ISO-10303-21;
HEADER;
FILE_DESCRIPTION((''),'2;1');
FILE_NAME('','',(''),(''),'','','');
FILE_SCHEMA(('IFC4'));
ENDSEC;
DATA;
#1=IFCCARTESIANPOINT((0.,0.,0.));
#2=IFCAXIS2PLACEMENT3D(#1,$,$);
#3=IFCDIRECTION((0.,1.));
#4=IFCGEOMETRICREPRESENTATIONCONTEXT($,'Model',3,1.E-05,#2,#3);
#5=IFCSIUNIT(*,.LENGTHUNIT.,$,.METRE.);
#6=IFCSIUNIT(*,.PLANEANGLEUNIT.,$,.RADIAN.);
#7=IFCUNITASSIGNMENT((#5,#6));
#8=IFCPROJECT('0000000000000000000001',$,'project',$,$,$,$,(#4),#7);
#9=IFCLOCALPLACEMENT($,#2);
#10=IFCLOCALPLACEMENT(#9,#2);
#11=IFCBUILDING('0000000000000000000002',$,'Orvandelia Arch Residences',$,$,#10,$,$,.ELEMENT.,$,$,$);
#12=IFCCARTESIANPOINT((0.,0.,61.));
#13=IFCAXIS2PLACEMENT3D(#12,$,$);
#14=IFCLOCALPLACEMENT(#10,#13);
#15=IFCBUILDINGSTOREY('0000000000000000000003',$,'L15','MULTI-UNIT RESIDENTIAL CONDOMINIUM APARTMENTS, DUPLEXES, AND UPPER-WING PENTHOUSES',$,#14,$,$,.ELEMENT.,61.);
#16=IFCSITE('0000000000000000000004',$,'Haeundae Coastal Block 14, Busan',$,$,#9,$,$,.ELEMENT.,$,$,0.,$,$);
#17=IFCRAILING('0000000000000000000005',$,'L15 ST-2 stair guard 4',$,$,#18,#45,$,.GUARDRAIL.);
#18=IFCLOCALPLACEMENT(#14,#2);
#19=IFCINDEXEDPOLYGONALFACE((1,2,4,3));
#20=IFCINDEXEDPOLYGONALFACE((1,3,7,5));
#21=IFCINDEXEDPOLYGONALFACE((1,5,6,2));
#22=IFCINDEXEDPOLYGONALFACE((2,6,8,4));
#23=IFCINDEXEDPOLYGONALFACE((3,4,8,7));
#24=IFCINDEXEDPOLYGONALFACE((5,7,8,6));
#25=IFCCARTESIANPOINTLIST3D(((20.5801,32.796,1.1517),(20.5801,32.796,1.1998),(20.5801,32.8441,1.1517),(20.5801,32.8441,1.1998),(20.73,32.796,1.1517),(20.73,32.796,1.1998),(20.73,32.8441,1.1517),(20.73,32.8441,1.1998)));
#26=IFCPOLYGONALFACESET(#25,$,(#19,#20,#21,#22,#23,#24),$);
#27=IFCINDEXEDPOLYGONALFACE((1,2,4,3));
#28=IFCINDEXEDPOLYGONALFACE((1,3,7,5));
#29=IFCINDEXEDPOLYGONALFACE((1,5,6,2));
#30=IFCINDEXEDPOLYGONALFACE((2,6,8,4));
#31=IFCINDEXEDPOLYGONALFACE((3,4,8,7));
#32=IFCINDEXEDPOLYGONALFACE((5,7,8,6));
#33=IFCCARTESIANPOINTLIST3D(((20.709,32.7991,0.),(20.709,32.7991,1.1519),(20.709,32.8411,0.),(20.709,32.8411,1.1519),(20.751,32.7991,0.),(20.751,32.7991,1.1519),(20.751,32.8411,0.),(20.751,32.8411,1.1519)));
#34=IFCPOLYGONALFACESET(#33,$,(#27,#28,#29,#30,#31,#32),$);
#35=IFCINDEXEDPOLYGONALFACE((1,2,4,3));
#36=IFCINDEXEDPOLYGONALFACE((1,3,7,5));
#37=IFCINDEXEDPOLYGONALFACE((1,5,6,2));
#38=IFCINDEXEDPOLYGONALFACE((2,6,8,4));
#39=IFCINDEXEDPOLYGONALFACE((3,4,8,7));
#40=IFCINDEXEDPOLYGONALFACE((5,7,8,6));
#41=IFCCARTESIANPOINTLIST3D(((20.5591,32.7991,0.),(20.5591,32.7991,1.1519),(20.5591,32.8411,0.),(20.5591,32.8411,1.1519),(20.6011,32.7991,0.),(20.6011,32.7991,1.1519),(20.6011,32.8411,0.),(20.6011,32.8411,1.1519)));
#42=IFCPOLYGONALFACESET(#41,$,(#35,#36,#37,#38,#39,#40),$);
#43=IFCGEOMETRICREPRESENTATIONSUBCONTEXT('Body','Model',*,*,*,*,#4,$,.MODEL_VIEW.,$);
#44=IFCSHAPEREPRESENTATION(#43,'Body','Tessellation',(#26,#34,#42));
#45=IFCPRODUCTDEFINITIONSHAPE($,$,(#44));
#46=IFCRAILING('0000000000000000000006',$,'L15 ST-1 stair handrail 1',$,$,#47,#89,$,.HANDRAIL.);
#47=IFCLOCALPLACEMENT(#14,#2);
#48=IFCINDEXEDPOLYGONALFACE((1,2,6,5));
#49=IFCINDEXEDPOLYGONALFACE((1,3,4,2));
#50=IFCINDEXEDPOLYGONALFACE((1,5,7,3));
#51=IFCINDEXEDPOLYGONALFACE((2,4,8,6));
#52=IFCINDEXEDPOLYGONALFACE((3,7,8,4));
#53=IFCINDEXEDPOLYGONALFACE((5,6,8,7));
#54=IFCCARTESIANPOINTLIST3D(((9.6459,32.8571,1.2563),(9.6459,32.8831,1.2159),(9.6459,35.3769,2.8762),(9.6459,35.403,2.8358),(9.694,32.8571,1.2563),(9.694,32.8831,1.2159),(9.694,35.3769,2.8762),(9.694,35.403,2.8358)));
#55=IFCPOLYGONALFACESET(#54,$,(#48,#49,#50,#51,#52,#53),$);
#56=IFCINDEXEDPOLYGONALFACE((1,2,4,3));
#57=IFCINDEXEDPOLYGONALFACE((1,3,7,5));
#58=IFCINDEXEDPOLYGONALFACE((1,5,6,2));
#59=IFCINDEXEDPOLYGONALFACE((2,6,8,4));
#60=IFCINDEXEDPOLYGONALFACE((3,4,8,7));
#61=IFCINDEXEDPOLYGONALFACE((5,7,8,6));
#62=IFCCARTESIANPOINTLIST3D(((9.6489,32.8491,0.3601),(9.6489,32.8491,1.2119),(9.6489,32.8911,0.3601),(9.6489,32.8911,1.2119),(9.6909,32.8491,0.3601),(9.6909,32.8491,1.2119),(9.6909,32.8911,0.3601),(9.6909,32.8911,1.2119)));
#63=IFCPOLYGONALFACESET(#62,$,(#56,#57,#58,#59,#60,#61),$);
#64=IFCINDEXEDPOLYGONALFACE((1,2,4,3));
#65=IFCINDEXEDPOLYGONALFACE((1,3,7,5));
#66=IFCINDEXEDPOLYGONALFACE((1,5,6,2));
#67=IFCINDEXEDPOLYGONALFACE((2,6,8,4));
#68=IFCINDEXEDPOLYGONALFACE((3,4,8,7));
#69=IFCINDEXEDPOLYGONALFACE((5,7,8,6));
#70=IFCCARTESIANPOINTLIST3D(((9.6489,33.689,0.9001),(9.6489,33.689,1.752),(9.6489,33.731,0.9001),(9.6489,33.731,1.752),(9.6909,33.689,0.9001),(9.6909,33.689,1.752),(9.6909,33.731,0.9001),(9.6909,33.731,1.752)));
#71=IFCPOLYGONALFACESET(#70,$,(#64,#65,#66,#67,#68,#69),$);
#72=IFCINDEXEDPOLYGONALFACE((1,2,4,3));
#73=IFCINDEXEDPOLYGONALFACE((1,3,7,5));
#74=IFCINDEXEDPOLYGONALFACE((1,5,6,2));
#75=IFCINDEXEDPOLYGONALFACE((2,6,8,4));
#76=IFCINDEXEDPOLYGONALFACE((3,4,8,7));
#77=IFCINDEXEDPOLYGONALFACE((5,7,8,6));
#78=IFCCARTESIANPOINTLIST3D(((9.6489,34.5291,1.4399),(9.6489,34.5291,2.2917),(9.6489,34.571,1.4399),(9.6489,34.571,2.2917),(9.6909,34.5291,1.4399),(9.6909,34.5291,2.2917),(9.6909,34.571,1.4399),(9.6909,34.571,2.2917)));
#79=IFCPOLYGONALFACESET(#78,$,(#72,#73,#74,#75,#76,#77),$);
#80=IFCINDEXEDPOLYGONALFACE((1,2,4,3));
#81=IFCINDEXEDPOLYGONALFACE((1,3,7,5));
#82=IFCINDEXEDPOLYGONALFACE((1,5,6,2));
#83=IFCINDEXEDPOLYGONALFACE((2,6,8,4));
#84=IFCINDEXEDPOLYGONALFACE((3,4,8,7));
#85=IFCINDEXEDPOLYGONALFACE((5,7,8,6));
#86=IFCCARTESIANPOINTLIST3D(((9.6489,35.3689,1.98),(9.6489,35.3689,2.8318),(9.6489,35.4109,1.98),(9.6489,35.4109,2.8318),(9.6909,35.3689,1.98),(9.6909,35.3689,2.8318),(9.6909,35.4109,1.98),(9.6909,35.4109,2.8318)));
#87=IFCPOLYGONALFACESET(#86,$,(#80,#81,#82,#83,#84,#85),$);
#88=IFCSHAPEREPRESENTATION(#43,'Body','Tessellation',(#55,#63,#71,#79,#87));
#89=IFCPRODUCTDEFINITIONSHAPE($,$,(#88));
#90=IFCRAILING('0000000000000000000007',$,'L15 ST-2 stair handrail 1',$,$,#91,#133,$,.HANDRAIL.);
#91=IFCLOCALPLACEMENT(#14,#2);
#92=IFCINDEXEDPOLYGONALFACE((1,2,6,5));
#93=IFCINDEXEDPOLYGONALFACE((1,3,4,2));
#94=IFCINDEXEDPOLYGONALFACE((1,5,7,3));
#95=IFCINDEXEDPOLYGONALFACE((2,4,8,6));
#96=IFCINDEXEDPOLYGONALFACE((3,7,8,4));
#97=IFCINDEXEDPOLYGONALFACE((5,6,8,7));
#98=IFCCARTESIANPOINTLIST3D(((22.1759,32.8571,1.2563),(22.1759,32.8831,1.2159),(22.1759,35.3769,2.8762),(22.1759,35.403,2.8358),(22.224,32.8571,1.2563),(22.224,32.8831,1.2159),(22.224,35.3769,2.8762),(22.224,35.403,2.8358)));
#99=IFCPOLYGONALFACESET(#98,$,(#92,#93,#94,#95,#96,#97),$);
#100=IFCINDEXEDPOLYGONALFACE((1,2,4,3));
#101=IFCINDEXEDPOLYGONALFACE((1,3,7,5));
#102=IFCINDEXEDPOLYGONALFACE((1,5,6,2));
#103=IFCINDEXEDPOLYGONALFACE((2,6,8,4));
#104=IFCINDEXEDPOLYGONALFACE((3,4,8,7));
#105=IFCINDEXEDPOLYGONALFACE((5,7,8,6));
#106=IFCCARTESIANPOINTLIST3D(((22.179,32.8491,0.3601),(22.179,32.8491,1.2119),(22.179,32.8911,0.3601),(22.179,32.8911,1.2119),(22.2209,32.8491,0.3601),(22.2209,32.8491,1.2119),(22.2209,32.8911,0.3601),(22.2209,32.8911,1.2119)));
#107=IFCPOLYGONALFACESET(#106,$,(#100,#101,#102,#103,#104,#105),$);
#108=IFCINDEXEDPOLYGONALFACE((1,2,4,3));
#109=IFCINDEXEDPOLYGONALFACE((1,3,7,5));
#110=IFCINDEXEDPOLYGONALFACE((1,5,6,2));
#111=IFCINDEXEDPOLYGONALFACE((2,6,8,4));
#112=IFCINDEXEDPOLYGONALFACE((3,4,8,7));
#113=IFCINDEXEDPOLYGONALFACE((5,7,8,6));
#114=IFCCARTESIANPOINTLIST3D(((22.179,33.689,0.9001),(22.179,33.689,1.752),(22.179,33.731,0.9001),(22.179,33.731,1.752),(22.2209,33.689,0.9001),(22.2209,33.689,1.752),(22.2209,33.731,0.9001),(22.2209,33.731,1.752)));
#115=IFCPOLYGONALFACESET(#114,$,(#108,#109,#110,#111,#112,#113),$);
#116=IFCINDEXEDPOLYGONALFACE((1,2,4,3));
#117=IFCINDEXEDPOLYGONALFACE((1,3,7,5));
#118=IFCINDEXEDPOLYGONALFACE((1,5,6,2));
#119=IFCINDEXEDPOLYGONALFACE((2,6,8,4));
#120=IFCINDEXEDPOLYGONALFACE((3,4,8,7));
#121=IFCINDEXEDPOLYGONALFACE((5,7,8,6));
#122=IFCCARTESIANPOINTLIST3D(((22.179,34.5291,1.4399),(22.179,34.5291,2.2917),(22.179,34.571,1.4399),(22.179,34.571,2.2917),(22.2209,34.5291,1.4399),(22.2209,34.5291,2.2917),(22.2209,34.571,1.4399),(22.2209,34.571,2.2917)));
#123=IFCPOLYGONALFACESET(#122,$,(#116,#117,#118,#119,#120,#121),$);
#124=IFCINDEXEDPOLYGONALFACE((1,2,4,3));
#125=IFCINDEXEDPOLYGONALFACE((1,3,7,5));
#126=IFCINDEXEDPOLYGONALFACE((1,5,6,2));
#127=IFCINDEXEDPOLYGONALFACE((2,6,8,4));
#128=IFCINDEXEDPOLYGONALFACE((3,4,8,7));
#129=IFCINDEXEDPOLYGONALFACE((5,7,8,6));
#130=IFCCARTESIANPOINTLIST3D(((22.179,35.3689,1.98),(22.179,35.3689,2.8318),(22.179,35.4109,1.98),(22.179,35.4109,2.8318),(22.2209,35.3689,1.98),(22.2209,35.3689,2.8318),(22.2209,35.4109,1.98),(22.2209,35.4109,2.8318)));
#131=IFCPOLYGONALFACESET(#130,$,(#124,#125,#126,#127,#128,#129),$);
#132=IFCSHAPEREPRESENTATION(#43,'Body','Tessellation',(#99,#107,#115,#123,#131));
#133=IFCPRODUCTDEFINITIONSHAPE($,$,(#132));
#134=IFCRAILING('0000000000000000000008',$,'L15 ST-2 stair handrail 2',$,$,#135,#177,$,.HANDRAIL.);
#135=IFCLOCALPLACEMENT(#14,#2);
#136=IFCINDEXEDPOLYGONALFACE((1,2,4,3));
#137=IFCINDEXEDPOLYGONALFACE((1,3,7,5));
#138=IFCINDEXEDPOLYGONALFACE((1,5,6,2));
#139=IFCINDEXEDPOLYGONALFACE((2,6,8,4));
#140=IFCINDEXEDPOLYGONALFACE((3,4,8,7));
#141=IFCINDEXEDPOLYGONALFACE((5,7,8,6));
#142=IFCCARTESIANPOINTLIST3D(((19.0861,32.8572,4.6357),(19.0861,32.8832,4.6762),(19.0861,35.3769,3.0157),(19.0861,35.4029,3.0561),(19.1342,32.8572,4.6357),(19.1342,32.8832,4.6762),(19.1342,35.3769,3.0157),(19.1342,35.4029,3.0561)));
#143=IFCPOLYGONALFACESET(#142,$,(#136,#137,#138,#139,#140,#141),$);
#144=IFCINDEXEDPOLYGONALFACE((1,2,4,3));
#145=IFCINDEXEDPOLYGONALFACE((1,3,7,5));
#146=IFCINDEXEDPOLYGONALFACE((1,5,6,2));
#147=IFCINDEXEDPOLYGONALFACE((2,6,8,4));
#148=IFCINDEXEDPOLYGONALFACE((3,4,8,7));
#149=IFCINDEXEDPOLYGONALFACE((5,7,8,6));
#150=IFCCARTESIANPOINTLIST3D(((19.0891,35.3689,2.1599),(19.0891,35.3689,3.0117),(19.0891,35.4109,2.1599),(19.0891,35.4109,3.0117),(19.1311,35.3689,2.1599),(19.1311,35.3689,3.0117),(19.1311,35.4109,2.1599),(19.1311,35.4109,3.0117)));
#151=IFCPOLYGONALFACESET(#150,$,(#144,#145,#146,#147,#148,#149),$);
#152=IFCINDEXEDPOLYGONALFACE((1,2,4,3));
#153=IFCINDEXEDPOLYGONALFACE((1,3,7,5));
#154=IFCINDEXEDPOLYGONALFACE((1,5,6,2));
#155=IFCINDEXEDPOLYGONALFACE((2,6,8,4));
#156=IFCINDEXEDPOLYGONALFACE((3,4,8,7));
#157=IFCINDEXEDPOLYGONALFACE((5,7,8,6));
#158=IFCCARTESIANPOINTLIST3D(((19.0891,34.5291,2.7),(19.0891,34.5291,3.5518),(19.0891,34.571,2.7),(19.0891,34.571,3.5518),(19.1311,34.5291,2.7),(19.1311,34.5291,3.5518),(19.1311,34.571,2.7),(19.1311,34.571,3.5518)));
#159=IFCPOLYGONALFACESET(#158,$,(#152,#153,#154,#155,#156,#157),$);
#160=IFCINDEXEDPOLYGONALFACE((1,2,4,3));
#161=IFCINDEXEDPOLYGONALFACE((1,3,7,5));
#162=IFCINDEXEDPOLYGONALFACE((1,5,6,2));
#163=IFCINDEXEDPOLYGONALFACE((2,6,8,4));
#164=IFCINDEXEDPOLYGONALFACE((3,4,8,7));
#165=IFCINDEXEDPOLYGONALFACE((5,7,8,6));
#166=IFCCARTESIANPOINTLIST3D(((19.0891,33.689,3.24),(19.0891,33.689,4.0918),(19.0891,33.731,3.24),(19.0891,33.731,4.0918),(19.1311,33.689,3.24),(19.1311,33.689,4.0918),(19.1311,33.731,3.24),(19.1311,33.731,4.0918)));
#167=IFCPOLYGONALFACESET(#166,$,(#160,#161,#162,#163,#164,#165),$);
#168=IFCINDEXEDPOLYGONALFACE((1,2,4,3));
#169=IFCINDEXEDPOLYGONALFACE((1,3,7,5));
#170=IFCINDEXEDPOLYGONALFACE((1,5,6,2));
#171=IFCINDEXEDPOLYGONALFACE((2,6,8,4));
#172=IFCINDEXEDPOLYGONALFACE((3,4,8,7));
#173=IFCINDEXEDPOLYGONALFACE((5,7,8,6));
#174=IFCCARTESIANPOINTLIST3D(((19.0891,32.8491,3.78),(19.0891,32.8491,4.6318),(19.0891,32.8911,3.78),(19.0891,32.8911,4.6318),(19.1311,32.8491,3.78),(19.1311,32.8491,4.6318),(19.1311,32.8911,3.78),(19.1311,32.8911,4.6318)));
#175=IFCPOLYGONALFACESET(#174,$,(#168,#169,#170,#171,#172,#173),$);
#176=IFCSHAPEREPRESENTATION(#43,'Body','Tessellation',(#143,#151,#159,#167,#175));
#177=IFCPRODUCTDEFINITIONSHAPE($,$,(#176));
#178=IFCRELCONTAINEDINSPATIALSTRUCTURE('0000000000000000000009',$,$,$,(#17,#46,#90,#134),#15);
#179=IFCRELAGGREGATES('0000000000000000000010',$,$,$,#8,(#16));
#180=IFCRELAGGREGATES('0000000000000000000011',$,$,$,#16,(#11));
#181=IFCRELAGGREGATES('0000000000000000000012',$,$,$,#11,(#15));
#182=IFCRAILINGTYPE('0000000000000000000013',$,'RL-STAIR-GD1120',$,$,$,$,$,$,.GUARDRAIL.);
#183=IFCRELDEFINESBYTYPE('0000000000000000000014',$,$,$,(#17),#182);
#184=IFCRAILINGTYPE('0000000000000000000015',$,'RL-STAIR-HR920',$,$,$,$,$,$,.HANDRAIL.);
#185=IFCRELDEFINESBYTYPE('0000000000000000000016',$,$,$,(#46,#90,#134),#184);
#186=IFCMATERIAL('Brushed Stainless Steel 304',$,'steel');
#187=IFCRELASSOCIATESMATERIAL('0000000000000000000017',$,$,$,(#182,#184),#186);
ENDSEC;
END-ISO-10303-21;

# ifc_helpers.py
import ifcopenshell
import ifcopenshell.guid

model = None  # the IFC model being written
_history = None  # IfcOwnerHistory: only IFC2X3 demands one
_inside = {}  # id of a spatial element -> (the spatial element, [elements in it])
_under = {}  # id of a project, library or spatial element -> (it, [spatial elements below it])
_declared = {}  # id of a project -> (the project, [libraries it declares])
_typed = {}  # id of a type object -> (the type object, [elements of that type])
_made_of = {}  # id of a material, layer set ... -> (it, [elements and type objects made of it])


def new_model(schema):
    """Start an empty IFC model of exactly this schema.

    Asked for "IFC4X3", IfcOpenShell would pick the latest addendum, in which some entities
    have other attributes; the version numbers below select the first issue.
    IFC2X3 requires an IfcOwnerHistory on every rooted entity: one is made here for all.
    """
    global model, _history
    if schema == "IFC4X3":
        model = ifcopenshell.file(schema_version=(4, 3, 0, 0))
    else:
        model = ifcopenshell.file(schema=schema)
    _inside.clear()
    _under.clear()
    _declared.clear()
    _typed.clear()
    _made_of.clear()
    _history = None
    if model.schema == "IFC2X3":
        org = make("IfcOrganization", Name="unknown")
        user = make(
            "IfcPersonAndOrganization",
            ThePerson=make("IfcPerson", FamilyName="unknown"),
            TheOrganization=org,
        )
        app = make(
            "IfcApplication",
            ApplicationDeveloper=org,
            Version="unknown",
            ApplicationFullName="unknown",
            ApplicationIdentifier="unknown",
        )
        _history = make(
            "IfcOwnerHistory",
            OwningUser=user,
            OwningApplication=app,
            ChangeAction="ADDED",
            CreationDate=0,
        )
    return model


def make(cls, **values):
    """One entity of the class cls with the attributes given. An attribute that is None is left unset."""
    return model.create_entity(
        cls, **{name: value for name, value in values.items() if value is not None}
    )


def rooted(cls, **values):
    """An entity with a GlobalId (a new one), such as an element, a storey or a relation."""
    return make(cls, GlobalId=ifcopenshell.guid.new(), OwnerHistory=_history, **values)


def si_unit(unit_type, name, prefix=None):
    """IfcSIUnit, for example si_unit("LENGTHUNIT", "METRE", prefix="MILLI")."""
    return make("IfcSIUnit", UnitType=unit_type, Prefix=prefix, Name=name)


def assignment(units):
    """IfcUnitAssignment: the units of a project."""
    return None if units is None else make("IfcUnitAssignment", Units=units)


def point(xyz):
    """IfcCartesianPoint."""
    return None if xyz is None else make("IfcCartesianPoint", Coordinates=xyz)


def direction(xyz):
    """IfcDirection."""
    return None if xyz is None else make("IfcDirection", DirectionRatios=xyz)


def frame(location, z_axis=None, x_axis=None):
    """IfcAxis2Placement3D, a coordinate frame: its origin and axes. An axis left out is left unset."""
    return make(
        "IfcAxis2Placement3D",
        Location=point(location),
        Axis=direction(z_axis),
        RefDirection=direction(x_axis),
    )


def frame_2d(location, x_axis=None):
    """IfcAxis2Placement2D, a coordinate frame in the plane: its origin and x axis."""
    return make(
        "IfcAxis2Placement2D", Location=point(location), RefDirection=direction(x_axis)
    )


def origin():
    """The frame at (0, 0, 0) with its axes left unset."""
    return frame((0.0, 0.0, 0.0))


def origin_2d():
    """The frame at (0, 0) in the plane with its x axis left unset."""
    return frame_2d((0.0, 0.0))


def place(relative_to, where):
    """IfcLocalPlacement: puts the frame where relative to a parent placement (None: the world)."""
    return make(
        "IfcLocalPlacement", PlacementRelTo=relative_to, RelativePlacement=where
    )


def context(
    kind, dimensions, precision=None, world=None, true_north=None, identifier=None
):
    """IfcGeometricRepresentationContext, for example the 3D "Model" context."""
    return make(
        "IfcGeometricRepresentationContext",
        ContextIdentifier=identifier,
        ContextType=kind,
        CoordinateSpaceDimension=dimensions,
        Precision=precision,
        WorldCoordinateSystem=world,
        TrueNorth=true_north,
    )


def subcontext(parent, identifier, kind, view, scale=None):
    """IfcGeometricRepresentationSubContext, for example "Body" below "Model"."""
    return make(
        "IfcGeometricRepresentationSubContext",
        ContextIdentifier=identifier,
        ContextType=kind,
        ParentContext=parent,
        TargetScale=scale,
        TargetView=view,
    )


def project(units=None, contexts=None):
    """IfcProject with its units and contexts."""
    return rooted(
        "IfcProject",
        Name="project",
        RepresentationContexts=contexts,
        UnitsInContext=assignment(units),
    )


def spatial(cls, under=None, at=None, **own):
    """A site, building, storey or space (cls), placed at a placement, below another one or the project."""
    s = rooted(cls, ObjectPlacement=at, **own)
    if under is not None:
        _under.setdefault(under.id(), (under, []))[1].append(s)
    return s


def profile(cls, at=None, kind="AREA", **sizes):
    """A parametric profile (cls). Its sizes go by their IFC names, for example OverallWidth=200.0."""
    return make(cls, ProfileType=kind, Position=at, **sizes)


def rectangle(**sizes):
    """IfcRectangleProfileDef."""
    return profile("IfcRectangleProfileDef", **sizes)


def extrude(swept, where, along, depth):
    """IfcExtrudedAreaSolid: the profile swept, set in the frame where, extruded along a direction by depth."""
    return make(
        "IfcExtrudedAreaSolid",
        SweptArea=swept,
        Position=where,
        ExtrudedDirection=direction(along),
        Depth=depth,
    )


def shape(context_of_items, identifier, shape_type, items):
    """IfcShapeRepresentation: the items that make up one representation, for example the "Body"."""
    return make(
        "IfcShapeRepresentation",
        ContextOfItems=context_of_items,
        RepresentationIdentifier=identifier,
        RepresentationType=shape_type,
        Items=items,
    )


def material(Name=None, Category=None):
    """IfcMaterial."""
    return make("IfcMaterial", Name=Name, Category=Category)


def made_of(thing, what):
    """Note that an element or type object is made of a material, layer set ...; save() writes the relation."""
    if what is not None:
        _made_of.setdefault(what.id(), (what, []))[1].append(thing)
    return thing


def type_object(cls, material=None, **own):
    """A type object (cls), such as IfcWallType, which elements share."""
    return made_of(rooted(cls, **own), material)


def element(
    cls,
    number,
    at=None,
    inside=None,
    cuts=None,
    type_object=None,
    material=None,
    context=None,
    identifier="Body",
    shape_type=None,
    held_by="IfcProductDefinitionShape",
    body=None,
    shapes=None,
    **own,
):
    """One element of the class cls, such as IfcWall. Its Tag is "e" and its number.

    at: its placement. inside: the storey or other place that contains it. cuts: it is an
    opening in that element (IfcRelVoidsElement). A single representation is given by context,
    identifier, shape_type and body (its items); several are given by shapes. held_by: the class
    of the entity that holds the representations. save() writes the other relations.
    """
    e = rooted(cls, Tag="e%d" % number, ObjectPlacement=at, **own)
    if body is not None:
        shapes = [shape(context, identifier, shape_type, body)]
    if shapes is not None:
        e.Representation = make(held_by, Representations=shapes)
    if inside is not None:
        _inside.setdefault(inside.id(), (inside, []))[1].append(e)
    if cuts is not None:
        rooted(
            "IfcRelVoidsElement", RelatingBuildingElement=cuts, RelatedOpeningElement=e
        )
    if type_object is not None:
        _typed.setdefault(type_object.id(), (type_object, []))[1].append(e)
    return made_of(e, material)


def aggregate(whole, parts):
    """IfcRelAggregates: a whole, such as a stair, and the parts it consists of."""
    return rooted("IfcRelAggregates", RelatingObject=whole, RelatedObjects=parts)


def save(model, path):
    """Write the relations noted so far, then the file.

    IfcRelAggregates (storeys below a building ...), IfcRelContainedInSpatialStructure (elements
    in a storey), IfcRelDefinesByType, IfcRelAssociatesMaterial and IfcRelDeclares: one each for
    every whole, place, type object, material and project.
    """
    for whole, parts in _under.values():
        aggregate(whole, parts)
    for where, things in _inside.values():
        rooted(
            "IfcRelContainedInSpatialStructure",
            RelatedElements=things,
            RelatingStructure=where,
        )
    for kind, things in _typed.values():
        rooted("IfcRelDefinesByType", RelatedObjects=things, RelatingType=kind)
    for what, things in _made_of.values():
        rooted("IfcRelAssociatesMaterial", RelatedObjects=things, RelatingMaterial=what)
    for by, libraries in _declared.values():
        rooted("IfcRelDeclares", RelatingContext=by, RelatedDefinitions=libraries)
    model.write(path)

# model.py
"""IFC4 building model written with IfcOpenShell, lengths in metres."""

from ifc_helpers import new_model, si_unit, direction, frame, origin, origin_2d, place, context, subcontext, project, spatial, rectangle, extrude, material, type_object, element, save


model = new_model("IFC4")

# Units and contexts
model_context = context("Model", 3, precision=1e-05, world=origin(), true_north=direction((0.0, 1.0)))
body_context = subcontext(model_context, "Body", "Model", "MODEL_VIEW")
ifc_project = project(units=[si_unit("LENGTHUNIT", "METRE"), si_unit("PLANEANGLEUNIT", "RADIAN")], contexts=[model_context])

# Site, building, storey
site_placement = place(None, origin())
site = spatial("IfcSite", under=ifc_project, at=site_placement, Name="Haeundae Coastal Block 14, Busan", CompositionType="ELEMENT", RefElevation=0.0)
building_placement = place(site_placement, origin())
building = spatial("IfcBuilding", under=site, at=building_placement, Name="Orvandelia Arch Residences", CompositionType="ELEMENT")
storey_placement = place(building_placement, frame((0.0, 0.0, 61.0)))
storey = spatial("IfcBuildingStorey", under=building, at=storey_placement, Name="L15", Description="MULTI-UNIT RESIDENTIAL CONDOMINIUM APARTMENTS, DUPLEXES, AND UPPER-WING PENTHOUSES", CompositionType="ELEMENT", Elevation=61.0)

# Railings
ifc_material_1 = material(Name="Brushed Stainless Steel 304", Category="steel")
railing_type_1 = type_object("IfcRailingType", Name="RL-STAIR-GD1120", PredefinedType="GUARDRAIL", material=ifc_material_1)
railing_1_placement = place(storey_placement, frame((20.73, 32.8201, 0.0)))
element("IfcRailing", 1, at=railing_1_placement, inside=storey, type_object=railing_type_1, Name="L15 ST-2 stair guard 4", PredefinedType="GUARDRAIL", context=body_context, shape_type="SweptSolid", body=[
    extrude(rectangle(XDim=0.0481, YDim=0.0481, at=origin_2d()), frame((0.0, 0.0, 1.1758), z_axis=(-1.0, 0.0, 0.0), x_axis=(0.0, -1.0, 0.0)), (0.0, 0.0, 1.0), 0.1499),
    extrude(rectangle(XDim=0.042, YDim=0.042, at=origin_2d()), origin(), (0.0, 0.0, 1.0), 1.1519),
    extrude(rectangle(XDim=0.042, YDim=0.042, at=origin_2d()), frame((-0.1499, 0.0, 0.0)), (0.0, 0.0, 1.0), 1.1519),
])
railing_type_2 = type_object("IfcRailingType", Name="RL-STAIR-HR920", PredefinedType="HANDRAIL", material=ifc_material_1)
for number, where, name in (
    (2, (9.6699, 32.8701, 0.3601), "L15 ST-1 stair handrail 1"),
    (3, (22.2, 32.8701, 0.3601), "L15 ST-2 stair handrail 1"),
):
    element("IfcRailing", number, at=place(storey_placement, frame(where)), inside=storey, type_object=railing_type_2, Name=name, PredefinedType="HANDRAIL", context=body_context, shape_type="SweptSolid", body=[
        extrude(rectangle(XDim=0.0481, YDim=0.0481, at=origin_2d()), frame((0.0, 0.0, 0.876), z_axis=(0.0, 0.841176, 0.540762), x_axis=(-1.0, 0.0, 0.0)), (0.0, 0.0, 1.0), 2.9956),
        extrude(rectangle(XDim=0.042, YDim=0.042, at=origin_2d()), origin(), (0.0, 0.0, 1.0), 0.8518),
        extrude(rectangle(XDim=0.042, YDim=0.042, at=origin_2d()), frame((0.0, 0.8398, 0.54)), (0.0, 0.0, 1.0), 0.8518),
        extrude(rectangle(XDim=0.042, YDim=0.042, at=origin_2d()), frame((0.0, 1.6799, 1.0798)), (0.0, 0.0, 1.0), 0.8518),
        extrude(rectangle(XDim=0.042, YDim=0.042, at=origin_2d()), frame((0.0, 2.5198, 1.6199)), (0.0, 0.0, 1.0), 0.8518),
    ])
railing_2_placement = place(storey_placement, frame((19.1101, 35.3899, 2.1599)))
element("IfcRailing", 4, at=railing_2_placement, inside=storey, type_object=railing_type_2, Name="L15 ST-2 stair handrail 2", PredefinedType="HANDRAIL", context=body_context, shape_type="SweptSolid", body=[
    extrude(rectangle(XDim=0.0481, YDim=0.0481, at=origin_2d()), frame((0.0, 0.0, 0.876), z_axis=(0.0, -0.841139, 0.540819), x_axis=(1.0, 0.0, 0.0)), (0.0, 0.0, 1.0), 2.9956),
    extrude(rectangle(XDim=0.042, YDim=0.042, at=origin_2d()), origin(), (0.0, 0.0, 1.0), 0.8518),
    extrude(rectangle(XDim=0.042, YDim=0.042, at=origin_2d()), frame((0.0, -0.8398, 0.54)), (0.0, 0.0, 1.0), 0.8518),
    extrude(rectangle(XDim=0.042, YDim=0.042, at=origin_2d()), frame((0.0, -1.6799, 1.0801)), (0.0, 0.0, 1.0), 0.8518),
    extrude(rectangle(XDim=0.042, YDim=0.042, at=origin_2d()), frame((0.0, -2.5198, 1.6201)), (0.0, 0.0, 1.0), 0.8518),
])

save(model, "model.ifc")
